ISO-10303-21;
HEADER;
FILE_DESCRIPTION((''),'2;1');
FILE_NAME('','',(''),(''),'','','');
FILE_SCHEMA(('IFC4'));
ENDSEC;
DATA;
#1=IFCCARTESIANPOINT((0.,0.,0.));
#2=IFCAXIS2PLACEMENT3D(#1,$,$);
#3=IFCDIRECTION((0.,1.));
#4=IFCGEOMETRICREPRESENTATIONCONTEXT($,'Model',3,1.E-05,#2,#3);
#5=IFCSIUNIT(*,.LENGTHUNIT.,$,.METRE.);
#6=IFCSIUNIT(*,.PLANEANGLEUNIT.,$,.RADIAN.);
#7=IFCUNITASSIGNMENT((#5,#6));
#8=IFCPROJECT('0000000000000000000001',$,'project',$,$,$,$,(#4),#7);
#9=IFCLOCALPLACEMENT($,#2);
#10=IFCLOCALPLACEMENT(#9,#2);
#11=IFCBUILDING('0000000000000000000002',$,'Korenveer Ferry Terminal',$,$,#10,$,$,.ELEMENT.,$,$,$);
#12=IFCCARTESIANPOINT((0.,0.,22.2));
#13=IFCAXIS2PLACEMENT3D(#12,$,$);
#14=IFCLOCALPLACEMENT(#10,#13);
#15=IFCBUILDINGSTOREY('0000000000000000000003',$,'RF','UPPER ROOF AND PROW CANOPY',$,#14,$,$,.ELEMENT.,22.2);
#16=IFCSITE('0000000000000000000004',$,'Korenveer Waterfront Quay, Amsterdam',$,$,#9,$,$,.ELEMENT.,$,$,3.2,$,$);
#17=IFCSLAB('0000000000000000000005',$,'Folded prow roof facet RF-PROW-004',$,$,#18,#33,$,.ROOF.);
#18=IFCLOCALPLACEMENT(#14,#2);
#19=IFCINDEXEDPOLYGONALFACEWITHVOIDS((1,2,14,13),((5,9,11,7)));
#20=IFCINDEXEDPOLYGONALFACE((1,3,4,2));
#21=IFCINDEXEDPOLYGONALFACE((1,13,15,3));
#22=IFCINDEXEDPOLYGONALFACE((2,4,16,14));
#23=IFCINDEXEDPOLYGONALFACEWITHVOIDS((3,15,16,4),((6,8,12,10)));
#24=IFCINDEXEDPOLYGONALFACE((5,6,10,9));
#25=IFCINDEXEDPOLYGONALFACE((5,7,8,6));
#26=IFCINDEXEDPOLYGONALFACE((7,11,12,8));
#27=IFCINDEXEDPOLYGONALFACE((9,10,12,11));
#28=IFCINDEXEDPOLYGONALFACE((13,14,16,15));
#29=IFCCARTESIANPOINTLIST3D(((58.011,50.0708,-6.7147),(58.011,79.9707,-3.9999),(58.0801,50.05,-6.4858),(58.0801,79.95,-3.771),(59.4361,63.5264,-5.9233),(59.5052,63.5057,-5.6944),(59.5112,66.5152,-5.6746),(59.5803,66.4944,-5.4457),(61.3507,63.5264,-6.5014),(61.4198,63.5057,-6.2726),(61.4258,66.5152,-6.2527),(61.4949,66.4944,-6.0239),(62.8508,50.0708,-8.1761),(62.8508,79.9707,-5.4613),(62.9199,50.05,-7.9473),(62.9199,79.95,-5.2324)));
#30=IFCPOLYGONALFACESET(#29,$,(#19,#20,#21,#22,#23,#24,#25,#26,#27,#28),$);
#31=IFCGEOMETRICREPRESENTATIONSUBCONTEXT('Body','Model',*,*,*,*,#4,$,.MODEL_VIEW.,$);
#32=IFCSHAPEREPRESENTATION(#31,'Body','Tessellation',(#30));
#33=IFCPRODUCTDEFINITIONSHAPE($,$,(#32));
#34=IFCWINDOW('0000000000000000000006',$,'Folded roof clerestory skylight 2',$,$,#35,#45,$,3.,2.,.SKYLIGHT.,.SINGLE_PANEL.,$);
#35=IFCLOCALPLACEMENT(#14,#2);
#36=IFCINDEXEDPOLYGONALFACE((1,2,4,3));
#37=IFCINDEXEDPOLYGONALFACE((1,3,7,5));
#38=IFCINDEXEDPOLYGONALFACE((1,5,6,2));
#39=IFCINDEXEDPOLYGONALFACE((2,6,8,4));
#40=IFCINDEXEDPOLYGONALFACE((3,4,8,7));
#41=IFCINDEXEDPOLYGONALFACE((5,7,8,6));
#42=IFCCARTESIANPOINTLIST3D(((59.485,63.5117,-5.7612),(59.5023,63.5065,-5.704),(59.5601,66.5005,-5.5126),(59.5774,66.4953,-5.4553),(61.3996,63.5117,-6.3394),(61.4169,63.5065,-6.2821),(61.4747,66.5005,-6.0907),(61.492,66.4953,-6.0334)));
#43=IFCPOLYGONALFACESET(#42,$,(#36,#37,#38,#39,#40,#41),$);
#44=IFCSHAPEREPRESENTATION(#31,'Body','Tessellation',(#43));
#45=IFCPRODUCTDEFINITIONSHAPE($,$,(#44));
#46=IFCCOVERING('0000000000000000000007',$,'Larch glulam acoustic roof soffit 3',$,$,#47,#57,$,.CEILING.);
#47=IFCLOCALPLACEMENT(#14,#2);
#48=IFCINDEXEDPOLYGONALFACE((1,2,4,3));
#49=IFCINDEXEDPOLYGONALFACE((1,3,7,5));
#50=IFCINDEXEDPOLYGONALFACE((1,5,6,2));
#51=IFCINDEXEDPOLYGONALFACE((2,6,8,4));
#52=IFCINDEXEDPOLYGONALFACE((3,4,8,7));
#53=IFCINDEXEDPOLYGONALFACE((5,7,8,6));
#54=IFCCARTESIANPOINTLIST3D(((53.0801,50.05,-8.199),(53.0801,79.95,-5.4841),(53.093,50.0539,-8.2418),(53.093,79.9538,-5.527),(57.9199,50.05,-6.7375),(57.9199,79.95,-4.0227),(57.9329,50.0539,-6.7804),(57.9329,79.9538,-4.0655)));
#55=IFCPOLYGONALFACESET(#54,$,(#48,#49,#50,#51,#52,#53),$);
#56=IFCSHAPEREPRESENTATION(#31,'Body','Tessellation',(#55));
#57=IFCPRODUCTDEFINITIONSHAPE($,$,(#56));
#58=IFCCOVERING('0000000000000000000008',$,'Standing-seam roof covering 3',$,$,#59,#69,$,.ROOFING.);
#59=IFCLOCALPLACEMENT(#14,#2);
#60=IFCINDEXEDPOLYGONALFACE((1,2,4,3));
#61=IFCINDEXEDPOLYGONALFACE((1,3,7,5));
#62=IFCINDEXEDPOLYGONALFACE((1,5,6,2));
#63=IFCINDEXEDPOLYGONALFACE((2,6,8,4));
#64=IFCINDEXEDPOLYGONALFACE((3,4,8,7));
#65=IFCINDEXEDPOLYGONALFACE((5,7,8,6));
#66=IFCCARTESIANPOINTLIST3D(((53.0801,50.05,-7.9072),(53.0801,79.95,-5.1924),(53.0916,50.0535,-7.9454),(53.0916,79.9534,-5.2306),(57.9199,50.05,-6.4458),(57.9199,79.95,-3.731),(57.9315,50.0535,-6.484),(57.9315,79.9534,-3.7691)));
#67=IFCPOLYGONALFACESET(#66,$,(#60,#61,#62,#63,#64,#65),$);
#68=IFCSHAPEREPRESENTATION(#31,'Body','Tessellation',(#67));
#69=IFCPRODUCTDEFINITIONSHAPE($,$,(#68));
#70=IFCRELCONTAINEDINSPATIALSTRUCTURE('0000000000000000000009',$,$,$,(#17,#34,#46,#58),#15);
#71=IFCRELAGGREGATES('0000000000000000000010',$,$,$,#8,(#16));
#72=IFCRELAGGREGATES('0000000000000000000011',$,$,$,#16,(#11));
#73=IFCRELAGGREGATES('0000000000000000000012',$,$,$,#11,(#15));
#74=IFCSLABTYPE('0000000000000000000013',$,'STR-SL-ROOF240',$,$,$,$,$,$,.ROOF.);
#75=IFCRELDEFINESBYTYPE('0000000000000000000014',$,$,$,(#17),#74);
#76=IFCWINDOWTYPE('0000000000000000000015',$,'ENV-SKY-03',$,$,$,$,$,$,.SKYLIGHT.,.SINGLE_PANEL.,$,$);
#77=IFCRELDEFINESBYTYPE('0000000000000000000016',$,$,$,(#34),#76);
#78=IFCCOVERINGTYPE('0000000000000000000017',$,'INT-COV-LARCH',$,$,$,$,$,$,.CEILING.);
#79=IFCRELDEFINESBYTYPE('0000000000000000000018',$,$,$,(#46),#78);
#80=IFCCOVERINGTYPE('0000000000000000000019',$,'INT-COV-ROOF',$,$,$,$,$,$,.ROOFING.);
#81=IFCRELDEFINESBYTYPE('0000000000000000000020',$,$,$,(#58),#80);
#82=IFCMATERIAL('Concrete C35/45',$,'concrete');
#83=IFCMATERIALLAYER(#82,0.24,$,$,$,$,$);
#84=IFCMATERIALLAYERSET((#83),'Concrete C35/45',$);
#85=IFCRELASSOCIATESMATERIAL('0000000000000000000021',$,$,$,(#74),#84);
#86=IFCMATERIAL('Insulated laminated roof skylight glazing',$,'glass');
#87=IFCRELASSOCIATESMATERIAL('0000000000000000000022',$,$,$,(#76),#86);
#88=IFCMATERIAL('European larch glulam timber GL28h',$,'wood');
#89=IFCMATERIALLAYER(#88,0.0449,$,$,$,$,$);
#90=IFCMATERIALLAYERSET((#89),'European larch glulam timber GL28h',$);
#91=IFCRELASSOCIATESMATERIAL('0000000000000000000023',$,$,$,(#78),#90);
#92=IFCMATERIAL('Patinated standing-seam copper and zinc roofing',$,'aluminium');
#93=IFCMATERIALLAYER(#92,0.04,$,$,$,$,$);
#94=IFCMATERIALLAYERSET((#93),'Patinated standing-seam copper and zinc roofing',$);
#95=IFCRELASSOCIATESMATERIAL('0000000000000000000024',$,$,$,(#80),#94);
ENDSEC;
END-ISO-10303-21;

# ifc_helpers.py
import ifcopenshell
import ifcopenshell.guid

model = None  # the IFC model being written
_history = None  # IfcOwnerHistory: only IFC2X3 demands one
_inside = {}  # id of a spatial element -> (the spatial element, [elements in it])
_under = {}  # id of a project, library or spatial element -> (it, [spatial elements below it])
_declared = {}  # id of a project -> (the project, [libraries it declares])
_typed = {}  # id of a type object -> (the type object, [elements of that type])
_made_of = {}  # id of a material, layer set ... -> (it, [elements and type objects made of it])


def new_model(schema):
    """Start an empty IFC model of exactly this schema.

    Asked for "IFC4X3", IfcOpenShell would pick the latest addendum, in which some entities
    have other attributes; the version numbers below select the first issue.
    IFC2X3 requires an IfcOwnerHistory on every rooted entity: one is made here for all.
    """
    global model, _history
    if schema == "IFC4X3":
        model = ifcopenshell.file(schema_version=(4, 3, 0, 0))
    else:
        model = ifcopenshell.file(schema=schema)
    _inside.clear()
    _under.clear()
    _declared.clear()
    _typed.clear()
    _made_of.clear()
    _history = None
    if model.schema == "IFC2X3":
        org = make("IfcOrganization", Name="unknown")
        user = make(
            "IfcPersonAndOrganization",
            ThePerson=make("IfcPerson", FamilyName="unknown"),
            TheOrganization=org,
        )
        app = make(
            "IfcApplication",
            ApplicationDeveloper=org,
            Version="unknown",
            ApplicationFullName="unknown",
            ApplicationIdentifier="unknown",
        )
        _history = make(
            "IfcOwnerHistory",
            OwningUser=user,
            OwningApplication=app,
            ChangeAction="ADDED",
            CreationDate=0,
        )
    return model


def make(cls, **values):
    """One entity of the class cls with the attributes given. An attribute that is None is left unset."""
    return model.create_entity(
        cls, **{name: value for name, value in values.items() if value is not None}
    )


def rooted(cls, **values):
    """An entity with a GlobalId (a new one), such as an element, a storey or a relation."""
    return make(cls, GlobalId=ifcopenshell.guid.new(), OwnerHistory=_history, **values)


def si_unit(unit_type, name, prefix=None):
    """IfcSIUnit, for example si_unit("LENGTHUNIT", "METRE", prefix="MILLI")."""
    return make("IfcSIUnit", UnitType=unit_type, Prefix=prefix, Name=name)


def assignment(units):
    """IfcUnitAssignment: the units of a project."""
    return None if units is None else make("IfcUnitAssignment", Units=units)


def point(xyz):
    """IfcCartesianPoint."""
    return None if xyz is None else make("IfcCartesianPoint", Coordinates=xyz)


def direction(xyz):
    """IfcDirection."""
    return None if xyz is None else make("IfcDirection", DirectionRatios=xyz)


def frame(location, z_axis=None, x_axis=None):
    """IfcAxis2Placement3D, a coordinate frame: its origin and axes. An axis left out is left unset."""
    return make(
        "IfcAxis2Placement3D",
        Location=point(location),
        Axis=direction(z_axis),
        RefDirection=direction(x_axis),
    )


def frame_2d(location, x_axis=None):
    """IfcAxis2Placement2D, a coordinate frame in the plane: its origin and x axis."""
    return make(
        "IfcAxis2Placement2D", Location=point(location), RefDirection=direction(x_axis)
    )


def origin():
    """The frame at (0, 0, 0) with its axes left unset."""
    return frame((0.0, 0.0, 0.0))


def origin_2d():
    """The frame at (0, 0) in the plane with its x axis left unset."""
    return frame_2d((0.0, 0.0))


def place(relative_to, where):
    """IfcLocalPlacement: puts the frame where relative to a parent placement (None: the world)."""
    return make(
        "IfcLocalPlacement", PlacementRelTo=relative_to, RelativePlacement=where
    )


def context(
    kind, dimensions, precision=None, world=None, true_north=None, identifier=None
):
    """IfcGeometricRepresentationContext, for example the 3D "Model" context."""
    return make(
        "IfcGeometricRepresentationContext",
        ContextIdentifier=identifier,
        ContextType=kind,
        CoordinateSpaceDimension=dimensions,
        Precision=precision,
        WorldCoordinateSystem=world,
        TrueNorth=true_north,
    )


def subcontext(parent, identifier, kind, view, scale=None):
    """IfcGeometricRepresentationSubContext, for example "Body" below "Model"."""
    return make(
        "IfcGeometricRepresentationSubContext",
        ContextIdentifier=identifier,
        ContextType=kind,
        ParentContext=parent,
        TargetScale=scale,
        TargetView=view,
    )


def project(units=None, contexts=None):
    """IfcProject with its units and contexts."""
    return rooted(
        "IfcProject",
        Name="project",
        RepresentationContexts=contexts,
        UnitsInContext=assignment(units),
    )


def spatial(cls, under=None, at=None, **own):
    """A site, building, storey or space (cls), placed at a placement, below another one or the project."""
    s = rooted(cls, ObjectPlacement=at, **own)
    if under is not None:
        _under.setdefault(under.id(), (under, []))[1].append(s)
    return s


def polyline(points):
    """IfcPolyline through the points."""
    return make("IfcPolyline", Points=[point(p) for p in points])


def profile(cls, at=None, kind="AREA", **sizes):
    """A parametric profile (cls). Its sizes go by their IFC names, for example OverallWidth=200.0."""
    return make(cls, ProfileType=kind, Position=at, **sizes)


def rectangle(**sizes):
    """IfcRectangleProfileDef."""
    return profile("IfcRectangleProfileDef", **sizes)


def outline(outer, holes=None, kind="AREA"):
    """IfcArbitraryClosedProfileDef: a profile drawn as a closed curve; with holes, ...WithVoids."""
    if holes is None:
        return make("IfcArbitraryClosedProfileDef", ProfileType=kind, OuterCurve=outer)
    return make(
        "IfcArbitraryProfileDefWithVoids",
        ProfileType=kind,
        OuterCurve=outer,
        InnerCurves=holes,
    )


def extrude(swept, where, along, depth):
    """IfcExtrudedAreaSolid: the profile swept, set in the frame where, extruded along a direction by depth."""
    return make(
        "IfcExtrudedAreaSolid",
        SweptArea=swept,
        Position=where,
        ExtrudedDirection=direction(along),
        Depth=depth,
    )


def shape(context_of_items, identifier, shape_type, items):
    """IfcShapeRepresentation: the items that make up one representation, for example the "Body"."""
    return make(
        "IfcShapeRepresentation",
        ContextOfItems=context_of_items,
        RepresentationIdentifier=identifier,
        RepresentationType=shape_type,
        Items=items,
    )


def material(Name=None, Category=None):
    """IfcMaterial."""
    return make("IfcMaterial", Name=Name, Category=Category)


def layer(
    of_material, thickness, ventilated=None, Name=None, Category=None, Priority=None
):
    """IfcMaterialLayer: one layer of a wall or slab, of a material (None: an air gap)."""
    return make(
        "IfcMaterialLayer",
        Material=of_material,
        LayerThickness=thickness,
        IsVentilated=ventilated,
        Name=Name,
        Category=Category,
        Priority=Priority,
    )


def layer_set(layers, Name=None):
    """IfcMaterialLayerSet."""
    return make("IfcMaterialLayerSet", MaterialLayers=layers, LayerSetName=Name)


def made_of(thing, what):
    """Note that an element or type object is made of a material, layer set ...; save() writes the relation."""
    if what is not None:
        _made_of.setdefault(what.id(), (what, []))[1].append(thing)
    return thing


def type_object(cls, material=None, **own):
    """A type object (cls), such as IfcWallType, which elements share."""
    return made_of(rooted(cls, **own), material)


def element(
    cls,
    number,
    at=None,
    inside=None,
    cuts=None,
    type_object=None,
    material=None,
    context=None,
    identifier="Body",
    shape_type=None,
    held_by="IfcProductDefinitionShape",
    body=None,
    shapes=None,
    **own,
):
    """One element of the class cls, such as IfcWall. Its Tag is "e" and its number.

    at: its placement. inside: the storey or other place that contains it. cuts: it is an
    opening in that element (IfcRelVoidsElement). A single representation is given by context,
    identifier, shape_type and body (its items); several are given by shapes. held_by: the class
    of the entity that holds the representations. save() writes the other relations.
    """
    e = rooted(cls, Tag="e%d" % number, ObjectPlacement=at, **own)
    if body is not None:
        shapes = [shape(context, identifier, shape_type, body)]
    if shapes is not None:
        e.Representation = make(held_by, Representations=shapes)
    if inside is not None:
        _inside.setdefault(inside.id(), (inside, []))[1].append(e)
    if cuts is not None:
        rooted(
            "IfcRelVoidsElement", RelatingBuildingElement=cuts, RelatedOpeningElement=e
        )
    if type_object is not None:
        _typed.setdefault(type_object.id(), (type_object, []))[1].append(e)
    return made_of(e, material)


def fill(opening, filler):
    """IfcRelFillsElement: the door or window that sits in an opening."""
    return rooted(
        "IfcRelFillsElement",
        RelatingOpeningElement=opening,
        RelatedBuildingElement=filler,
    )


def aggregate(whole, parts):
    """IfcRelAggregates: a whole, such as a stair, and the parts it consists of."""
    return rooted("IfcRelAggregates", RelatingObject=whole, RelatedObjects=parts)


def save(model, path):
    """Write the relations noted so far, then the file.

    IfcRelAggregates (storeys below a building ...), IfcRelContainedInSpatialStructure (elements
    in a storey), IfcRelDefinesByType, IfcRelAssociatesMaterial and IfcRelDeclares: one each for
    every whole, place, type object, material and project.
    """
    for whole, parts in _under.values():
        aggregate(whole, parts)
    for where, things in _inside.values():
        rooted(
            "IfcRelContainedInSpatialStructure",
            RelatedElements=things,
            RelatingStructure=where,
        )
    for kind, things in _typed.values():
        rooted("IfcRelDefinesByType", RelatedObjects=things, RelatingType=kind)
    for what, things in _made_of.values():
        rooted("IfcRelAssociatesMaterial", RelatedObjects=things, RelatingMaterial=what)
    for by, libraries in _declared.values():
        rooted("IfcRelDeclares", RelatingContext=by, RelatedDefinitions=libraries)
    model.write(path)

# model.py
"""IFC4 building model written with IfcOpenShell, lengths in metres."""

from ifc_helpers import new_model, si_unit, direction, frame, origin, origin_2d, place, context, subcontext, project, spatial, polyline, rectangle, outline, extrude, material, layer, layer_set, type_object, element, fill, save


model = new_model("IFC4")

# Units and contexts
model_context = context("Model", 3, precision=1e-05, world=origin(), true_north=direction((0.0, 1.0)))
body_context = subcontext(model_context, "Body", "Model", "MODEL_VIEW")
ifc_project = project(units=[si_unit("LENGTHUNIT", "METRE"), si_unit("PLANEANGLEUNIT", "RADIAN")], contexts=[model_context])

# Site, building, storey
site_placement = place(None, origin())
site = spatial("IfcSite", under=ifc_project, at=site_placement, Name="Korenveer Waterfront Quay, Amsterdam", CompositionType="ELEMENT", RefElevation=3.2)
building_placement = place(site_placement, origin())
building = spatial("IfcBuilding", under=site, at=building_placement, Name="Korenveer Ferry Terminal", CompositionType="ELEMENT")
storey_placement = place(building_placement, frame((0.0, 0.0, 22.2)))
storey = spatial("IfcBuildingStorey", under=building, at=storey_placement, Name="RF", Description="UPPER ROOF AND PROW CANOPY", CompositionType="ELEMENT", Elevation=22.2)

# Shared definitions
ifc_material_1 = material(Name="Concrete C35/45", Category="concrete")
ifc_layer_1 = layer(ifc_material_1, 0.24)
ifc_layer_set_1 = layer_set([ifc_layer_1], Name="Concrete C35/45")
slab_type = type_object("IfcSlabType", Name="STR-SL-ROOF240", PredefinedType="ROOF", material=ifc_layer_set_1)

# Slab, opening, window
slab_1_placement = place(storey_placement, frame((58.0801, 50.05, -6.4858), z_axis=(0.287981, -0.086595, 0.953713), x_axis=(0.957309, 0.0, -0.289066)))
slab_1 = element("IfcSlab", 1, at=slab_1_placement, inside=storey, type_object=slab_type, Name="Folded prow roof facet RF-PROW-004", PredefinedType="ROOF", context=body_context, shape_type="SweptSolid", body=[
    extrude(outline(polyline([(0.0, 0.0), (5.0557, 0.0), (4.2709, 30.0126), (-0.7848, 30.0126), (0.0, 0.0)])), origin(), (0.0, 0.0, -1.0), 0.24),
])
opening_placement = place(slab_1_placement, frame((2.1355, 15.0063, 0.01)))
opening = element("IfcOpeningElement", 2, at=opening_placement, cuts=slab_1, PredefinedType="OPENING", context=body_context, shape_type="SweptSolid", body=[
    extrude(rectangle(XDim=2.0, YDim=3.0, at=origin_2d()), origin(), (0.0, 0.0, -1.0), 0.26),
])
ifc_material_2 = material(Name="Insulated laminated roof skylight glazing", Category="glass")
window_type = type_object("IfcWindowType", Name="ENV-SKY-03", PartitioningType="SINGLE_PANEL", PredefinedType="SKYLIGHT", material=ifc_material_2)
window_placement = place(slab_1_placement, frame((2.1355, 15.0063, -0.01)))
window = element("IfcWindow", 3, at=window_placement, inside=storey, type_object=window_type, Name="Folded roof clerestory skylight 2", OverallHeight=3.0, OverallWidth=2.0, PartitioningType="SINGLE_PANEL", PredefinedType="SKYLIGHT", context=body_context, shape_type="SweptSolid", body=[
    extrude(rectangle(XDim=2.0, YDim=3.0, at=origin_2d()), origin(), (0.0, 0.0, -1.0), 0.0601),
])
fill(opening, window)

# Coverings
ifc_material_3 = material(Name="European larch glulam timber GL28h", Category="wood")
ifc_layer_2 = layer(ifc_material_3, 0.0449)
ifc_layer_set_2 = layer_set([ifc_layer_2], Name="European larch glulam timber GL28h")
covering_type_1 = type_object("IfcCoveringType", Name="INT-COV-LARCH", PredefinedType="CEILING", material=ifc_layer_set_2)
covering_1_placement = place(storey_placement, frame((53.0801, 50.05, -8.199), z_axis=(-0.287981, -0.086595, 0.953713), x_axis=(0.957309, 0.0, 0.289066)))
element("IfcCovering", 4, at=covering_1_placement, inside=storey, type_object=covering_type_1, Name="Larch glulam acoustic roof soffit 3", PredefinedType="CEILING", context=body_context, shape_type="SweptSolid", body=[
    extrude(outline(polyline([(0.0, 0.0), (5.0557, 0.0), (5.8404, 30.0126), (0.7848, 30.0126), (0.0, 0.0)])), origin(), (0.0, 0.0, -1.0), 0.0449),
])
ifc_material_4 = material(Name="Patinated standing-seam copper and zinc roofing", Category="aluminium")
ifc_layer_3 = layer(ifc_material_4, 0.04)
ifc_layer_set_3 = layer_set([ifc_layer_3], Name="Patinated standing-seam copper and zinc roofing")
covering_type_2 = type_object("IfcCoveringType", Name="INT-COV-ROOF", PredefinedType="ROOFING", material=ifc_layer_set_3)
covering_2_placement = place(storey_placement, frame((53.0801, 50.05, -7.9072), z_axis=(-0.287981, -0.086595, 0.953713), x_axis=(0.957309, 0.0, 0.289066)))
element("IfcCovering", 5, at=covering_2_placement, inside=storey, type_object=covering_type_2, Name="Standing-seam roof covering 3", PredefinedType="ROOFING", context=body_context, shape_type="SweptSolid", body=[
    extrude(outline(polyline([(0.0, 0.0), (5.0557, 0.0), (5.8404, 30.0126), (0.7848, 30.0126), (0.0, 0.0)])), origin(), (0.0, 0.0, -1.0), 0.04),
])

save(model, "model.ifc")
